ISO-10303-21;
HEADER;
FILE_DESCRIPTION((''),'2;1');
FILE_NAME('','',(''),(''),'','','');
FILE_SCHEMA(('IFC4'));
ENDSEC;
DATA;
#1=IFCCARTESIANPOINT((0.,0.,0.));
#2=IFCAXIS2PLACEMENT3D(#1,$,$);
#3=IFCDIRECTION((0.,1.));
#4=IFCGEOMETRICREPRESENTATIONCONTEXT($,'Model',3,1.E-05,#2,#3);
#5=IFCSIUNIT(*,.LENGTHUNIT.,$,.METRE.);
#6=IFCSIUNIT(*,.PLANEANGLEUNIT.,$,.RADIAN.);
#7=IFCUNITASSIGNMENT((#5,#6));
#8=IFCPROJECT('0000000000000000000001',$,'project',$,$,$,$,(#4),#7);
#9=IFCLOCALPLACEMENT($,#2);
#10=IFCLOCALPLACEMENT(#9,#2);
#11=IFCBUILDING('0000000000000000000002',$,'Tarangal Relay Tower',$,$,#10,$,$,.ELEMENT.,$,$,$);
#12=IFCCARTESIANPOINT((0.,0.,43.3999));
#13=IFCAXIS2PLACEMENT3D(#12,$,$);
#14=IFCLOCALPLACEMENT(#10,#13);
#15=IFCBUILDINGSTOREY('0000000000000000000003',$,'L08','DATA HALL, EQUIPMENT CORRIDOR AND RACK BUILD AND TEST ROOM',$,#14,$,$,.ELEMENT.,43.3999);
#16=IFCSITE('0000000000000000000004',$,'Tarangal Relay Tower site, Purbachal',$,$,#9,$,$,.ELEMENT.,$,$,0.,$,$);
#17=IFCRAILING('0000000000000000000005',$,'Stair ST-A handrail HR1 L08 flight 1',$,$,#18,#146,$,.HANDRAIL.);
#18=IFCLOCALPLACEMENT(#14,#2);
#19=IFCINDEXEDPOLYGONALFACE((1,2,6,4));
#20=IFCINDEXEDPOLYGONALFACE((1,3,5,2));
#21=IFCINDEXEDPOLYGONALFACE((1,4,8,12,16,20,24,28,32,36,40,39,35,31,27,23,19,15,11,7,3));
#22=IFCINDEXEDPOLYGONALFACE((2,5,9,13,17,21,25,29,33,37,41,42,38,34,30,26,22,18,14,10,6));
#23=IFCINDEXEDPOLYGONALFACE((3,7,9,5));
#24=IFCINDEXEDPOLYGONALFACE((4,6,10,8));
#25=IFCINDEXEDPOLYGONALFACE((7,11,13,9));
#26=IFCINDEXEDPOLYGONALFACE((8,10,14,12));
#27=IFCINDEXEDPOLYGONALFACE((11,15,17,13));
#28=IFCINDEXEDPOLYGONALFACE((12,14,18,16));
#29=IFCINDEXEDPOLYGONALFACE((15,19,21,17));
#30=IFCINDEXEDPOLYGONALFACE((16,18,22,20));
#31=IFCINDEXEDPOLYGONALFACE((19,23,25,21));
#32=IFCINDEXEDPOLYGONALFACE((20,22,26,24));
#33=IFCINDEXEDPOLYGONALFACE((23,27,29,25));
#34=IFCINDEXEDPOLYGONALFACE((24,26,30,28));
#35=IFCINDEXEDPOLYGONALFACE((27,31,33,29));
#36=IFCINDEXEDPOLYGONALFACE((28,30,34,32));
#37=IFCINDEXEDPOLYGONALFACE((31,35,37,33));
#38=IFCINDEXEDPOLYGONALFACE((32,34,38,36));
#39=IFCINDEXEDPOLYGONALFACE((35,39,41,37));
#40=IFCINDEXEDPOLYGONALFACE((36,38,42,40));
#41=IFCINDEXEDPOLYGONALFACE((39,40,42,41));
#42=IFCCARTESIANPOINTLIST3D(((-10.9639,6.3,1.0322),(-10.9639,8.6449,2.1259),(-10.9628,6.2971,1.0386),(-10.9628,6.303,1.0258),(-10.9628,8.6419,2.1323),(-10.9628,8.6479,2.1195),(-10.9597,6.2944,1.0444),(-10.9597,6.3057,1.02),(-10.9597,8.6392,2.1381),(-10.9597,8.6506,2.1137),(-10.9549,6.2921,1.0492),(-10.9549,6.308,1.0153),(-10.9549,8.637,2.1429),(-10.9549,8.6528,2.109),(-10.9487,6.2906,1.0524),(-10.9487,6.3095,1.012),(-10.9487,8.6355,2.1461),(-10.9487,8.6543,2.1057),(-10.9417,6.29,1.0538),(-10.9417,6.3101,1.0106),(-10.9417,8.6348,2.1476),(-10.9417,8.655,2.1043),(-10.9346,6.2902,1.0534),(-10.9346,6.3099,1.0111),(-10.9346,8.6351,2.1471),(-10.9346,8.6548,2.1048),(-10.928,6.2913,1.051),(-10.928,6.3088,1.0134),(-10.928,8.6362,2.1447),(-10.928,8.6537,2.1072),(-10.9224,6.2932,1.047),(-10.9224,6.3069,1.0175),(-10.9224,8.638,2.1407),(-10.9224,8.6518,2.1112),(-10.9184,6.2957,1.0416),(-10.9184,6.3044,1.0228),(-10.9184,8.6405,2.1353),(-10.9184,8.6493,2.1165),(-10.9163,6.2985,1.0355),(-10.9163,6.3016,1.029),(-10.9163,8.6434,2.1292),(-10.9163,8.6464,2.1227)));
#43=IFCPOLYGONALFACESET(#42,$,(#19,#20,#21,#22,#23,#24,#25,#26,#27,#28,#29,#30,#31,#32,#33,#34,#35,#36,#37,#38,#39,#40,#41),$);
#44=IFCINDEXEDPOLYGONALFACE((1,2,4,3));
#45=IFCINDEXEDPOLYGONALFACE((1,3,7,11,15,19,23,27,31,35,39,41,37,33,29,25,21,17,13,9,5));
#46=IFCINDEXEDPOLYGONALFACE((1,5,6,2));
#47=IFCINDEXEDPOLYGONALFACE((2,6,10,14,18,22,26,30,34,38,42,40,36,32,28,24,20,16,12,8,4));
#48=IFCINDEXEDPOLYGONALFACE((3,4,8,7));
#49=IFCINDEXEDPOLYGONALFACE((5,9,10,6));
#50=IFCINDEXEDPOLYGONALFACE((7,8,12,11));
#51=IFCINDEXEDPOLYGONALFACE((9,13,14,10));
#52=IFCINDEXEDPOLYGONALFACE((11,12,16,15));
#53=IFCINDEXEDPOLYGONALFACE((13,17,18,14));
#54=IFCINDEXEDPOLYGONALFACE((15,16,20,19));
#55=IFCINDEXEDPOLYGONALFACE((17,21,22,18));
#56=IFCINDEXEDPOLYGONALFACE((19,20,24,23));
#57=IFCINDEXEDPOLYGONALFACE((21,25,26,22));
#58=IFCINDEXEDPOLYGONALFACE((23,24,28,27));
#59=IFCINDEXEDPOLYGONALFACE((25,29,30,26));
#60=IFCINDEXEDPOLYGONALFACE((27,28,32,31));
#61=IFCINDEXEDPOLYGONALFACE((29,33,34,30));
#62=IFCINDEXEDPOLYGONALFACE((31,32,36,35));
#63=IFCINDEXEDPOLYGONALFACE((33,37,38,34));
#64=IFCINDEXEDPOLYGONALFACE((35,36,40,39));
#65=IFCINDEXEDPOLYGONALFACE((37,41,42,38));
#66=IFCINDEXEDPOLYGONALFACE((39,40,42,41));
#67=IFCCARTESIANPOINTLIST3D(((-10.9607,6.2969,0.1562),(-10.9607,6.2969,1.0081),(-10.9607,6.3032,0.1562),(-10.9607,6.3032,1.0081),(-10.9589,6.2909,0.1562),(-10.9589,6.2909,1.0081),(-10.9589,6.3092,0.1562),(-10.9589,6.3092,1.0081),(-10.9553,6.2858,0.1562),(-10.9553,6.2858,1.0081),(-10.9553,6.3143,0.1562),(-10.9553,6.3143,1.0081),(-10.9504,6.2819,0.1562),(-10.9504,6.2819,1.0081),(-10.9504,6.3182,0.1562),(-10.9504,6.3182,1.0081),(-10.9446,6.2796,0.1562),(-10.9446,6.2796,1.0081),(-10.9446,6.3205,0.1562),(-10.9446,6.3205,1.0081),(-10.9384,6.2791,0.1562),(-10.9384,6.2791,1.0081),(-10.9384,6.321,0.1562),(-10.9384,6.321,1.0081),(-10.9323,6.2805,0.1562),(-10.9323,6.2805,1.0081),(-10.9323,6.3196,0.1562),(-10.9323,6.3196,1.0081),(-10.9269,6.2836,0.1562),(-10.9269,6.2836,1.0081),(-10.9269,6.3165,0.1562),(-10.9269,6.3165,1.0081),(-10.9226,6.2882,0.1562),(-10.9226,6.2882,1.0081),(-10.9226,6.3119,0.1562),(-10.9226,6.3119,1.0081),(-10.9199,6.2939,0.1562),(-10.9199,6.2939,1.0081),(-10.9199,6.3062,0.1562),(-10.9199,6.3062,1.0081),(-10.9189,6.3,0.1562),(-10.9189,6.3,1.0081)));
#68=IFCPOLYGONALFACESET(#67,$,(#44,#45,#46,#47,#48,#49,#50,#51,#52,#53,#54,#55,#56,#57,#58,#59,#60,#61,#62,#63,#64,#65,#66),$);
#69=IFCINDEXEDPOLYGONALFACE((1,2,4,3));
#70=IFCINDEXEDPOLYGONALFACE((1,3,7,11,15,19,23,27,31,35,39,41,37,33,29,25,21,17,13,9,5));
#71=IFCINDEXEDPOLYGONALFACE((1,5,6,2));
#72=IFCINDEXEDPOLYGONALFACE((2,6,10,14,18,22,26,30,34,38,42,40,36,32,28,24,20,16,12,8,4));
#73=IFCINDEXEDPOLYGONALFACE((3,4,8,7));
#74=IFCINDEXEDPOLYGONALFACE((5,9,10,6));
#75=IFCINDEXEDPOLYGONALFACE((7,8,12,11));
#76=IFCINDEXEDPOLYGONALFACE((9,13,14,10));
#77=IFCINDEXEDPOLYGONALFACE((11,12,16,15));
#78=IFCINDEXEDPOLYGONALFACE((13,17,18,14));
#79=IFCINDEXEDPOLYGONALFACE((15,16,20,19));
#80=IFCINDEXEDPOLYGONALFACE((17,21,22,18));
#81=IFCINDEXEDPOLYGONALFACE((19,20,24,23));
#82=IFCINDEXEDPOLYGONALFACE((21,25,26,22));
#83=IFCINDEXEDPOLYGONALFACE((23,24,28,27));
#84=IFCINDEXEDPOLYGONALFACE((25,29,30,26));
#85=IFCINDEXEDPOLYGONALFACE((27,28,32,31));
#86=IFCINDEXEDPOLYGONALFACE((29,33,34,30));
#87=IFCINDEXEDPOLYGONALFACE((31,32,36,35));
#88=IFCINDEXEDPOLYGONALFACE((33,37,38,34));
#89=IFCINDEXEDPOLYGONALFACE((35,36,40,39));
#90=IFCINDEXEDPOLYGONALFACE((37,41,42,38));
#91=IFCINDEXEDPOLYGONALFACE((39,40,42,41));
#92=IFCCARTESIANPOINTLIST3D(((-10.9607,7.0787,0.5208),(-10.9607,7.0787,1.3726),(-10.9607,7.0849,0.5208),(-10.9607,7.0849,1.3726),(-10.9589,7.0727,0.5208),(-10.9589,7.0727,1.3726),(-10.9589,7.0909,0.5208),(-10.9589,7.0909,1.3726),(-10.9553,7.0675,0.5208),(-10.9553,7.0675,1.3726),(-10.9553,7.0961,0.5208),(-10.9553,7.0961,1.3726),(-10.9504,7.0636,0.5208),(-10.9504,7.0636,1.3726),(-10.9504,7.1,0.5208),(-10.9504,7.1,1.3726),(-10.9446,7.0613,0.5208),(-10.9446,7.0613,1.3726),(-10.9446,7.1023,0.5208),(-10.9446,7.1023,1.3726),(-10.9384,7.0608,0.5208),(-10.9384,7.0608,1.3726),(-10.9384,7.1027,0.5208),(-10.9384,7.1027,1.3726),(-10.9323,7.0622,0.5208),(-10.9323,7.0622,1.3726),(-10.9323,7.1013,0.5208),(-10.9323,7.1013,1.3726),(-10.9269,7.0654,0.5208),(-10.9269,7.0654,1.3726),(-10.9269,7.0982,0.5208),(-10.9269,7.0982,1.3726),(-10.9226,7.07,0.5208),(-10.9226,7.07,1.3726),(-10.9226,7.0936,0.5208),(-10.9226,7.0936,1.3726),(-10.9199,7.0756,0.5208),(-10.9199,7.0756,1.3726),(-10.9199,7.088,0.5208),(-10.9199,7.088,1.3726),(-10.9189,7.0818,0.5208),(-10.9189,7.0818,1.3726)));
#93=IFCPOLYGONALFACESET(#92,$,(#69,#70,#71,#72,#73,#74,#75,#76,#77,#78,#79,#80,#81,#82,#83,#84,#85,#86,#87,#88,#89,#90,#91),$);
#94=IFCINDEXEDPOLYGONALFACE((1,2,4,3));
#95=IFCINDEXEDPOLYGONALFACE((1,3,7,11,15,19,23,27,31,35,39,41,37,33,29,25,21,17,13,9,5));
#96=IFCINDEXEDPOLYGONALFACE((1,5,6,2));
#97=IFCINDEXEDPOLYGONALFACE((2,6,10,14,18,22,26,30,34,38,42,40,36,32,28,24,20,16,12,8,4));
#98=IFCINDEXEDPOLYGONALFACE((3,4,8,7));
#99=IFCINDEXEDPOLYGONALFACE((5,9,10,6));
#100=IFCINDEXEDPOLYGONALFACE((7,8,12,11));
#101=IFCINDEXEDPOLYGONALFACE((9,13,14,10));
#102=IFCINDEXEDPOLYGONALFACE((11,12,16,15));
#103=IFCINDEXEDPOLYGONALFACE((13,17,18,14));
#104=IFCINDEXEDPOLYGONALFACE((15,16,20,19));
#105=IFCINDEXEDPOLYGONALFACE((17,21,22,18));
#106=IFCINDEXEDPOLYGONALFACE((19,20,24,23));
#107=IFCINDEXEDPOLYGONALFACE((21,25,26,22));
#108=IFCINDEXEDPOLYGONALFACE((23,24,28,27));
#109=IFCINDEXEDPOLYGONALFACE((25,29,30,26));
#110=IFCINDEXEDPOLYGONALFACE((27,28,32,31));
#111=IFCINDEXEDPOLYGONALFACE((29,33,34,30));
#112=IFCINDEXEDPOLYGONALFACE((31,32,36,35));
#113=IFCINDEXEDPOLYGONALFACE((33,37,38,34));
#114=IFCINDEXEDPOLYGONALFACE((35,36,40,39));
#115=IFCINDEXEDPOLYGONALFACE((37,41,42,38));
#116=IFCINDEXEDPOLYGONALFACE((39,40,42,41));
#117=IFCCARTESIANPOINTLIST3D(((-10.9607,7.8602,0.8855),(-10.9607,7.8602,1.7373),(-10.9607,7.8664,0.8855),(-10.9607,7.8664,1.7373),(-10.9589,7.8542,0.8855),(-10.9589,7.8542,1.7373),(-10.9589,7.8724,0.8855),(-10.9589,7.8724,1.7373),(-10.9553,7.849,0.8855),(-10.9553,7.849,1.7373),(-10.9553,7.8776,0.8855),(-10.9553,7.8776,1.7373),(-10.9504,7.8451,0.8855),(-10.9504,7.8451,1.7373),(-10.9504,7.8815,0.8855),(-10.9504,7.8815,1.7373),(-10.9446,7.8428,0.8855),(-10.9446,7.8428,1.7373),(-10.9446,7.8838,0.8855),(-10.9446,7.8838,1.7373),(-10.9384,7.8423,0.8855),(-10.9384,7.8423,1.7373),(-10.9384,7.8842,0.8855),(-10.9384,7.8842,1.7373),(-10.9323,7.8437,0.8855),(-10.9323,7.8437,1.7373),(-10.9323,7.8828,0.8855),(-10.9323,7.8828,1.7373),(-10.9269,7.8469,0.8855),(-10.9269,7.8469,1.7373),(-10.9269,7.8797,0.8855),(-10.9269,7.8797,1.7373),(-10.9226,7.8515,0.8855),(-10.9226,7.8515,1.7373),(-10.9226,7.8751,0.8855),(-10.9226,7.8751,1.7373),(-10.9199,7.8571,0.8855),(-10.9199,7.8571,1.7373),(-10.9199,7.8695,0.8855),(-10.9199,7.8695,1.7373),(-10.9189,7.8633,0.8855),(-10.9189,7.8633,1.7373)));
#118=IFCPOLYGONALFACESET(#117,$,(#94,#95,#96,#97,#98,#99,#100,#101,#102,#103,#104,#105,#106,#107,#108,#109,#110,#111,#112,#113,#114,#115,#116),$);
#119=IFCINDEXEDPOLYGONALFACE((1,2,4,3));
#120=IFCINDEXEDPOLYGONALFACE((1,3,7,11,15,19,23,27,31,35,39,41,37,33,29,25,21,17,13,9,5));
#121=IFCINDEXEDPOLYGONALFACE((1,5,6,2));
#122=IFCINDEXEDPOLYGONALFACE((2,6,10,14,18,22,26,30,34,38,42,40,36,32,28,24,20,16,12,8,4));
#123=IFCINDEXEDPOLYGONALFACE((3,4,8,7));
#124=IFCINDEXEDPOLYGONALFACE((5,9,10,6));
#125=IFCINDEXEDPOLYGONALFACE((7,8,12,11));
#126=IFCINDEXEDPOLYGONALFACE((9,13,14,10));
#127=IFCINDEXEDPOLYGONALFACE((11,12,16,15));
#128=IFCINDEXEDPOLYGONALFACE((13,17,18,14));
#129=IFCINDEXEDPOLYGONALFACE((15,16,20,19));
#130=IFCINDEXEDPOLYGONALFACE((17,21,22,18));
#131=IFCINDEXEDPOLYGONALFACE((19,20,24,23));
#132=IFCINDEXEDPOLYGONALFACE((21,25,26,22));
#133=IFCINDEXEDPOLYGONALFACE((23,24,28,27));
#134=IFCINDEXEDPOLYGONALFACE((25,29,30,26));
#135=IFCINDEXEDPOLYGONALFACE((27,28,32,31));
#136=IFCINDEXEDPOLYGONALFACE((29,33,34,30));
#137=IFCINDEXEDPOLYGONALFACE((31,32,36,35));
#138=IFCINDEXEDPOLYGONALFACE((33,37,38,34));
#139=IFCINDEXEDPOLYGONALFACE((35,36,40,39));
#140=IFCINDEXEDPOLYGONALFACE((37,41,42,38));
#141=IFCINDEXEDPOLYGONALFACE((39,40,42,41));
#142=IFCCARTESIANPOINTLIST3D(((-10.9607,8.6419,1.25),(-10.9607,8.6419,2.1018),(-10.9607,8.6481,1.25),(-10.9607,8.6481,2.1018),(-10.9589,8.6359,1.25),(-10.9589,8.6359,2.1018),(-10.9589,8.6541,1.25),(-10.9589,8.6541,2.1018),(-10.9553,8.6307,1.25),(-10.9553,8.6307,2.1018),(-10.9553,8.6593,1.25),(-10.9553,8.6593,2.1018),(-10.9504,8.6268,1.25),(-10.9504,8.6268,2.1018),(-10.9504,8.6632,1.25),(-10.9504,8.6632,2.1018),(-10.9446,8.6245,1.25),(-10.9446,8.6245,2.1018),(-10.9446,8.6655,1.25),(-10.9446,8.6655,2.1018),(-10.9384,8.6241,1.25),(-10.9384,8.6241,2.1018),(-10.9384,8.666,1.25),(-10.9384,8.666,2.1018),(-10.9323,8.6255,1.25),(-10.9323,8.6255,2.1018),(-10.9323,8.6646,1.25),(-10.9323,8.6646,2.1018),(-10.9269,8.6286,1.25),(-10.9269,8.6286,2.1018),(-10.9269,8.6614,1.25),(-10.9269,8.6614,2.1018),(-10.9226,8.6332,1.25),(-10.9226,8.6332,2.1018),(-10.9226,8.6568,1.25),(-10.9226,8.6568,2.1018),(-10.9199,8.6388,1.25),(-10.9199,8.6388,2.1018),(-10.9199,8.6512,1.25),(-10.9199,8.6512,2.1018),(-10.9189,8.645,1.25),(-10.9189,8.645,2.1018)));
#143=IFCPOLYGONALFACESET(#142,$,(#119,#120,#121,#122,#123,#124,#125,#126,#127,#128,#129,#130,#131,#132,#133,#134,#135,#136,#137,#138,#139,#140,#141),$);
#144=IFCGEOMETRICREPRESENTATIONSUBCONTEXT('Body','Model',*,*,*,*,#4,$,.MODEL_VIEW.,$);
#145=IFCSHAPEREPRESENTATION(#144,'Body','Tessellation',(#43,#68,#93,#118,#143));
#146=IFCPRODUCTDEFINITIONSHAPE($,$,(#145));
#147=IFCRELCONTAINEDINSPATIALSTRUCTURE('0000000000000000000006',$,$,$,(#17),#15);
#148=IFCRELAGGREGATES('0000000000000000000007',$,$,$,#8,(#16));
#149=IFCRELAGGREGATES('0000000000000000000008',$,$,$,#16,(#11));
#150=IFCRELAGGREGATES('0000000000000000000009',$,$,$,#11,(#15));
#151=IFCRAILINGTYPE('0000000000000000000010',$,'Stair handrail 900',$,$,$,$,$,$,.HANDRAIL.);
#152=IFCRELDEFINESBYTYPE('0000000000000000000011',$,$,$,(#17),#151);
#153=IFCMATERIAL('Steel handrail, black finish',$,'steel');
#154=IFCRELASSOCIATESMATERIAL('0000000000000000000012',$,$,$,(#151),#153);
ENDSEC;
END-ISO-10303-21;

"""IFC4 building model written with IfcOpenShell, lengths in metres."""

from ifc_helpers import new_model, si_unit, direction, frame, origin, origin_2d, place, context, subcontext, project, spatial, circle, extrude, material, type_object, element, save


model = new_model("IFC4")

# Units and contexts
model_context = context("Model", 3, precision=1e-05, world=origin(), true_north=direction((0.0, 1.0)))
body_context = subcontext(model_context, "Body", "Model", "MODEL_VIEW")
ifc_project = project(units=[si_unit("LENGTHUNIT", "METRE"), si_unit("PLANEANGLEUNIT", "RADIAN")], contexts=[model_context])

# Site, building, storey
site_placement = place(None, origin())
site = spatial("IfcSite", under=ifc_project, at=site_placement, Name="Tarangal Relay Tower site, Purbachal", CompositionType="ELEMENT", RefElevation=0.0)
building_placement = place(site_placement, origin())
building = spatial("IfcBuilding", under=site, at=building_placement, Name="Tarangal Relay Tower", CompositionType="ELEMENT")
storey_placement = place(building_placement, frame((0.0, 0.0, 43.3999)))
storey = spatial("IfcBuildingStorey", under=building, at=storey_placement, Name="L08", Description="DATA HALL, EQUIPMENT CORRIDOR AND RACK BUILD AND TEST ROOM", CompositionType="ELEMENT", Elevation=43.3999)

# Railing
ifc_material_1 = material(Name="Steel handrail, black finish", Category="steel")
railing_type = type_object("IfcRailingType", Name="Stair handrail 900", PredefinedType="HANDRAIL", material=ifc_material_1)
for number, where, name in (
    (1, (-10.9399, 6.3, 0.1562), "Stair ST-A handrail HR1 L08 flight 1"),
):
    element("IfcRailing", number, at=place(storey_placement, frame(where)), inside=storey, type_object=railing_type, Name=name, PredefinedType="HANDRAIL", context=body_context, shape_type="SweptSolid", body=[
        extrude(circle(Radius=0.0239, at=origin_2d()), frame((0.0, 0.0, 0.876), z_axis=(0.0, 0.906267, 0.422705), x_axis=(-1.0, 0.0, 0.0)), (0.0, 0.0, 1.0), 2.5874),
        extrude(circle(Radius=0.021, at=origin_2d()), origin(), (0.0, 0.0, 1.0), 0.8518),
        extrude(circle(Radius=0.021, at=origin_2d()), frame((0.0, 0.7817, 0.3645)), (0.0, 0.0, 1.0), 0.8518),
        extrude(circle(Radius=0.021, at=origin_2d()), frame((0.0, 1.5632, 0.7292)), (0.0, 0.0, 1.0), 0.8518),
        extrude(circle(Radius=0.021, at=origin_2d()), frame((0.0, 2.345, 1.0938)), (0.0, 0.0, 1.0), 0.8518),
    ])

save(model, "model.ifc")
